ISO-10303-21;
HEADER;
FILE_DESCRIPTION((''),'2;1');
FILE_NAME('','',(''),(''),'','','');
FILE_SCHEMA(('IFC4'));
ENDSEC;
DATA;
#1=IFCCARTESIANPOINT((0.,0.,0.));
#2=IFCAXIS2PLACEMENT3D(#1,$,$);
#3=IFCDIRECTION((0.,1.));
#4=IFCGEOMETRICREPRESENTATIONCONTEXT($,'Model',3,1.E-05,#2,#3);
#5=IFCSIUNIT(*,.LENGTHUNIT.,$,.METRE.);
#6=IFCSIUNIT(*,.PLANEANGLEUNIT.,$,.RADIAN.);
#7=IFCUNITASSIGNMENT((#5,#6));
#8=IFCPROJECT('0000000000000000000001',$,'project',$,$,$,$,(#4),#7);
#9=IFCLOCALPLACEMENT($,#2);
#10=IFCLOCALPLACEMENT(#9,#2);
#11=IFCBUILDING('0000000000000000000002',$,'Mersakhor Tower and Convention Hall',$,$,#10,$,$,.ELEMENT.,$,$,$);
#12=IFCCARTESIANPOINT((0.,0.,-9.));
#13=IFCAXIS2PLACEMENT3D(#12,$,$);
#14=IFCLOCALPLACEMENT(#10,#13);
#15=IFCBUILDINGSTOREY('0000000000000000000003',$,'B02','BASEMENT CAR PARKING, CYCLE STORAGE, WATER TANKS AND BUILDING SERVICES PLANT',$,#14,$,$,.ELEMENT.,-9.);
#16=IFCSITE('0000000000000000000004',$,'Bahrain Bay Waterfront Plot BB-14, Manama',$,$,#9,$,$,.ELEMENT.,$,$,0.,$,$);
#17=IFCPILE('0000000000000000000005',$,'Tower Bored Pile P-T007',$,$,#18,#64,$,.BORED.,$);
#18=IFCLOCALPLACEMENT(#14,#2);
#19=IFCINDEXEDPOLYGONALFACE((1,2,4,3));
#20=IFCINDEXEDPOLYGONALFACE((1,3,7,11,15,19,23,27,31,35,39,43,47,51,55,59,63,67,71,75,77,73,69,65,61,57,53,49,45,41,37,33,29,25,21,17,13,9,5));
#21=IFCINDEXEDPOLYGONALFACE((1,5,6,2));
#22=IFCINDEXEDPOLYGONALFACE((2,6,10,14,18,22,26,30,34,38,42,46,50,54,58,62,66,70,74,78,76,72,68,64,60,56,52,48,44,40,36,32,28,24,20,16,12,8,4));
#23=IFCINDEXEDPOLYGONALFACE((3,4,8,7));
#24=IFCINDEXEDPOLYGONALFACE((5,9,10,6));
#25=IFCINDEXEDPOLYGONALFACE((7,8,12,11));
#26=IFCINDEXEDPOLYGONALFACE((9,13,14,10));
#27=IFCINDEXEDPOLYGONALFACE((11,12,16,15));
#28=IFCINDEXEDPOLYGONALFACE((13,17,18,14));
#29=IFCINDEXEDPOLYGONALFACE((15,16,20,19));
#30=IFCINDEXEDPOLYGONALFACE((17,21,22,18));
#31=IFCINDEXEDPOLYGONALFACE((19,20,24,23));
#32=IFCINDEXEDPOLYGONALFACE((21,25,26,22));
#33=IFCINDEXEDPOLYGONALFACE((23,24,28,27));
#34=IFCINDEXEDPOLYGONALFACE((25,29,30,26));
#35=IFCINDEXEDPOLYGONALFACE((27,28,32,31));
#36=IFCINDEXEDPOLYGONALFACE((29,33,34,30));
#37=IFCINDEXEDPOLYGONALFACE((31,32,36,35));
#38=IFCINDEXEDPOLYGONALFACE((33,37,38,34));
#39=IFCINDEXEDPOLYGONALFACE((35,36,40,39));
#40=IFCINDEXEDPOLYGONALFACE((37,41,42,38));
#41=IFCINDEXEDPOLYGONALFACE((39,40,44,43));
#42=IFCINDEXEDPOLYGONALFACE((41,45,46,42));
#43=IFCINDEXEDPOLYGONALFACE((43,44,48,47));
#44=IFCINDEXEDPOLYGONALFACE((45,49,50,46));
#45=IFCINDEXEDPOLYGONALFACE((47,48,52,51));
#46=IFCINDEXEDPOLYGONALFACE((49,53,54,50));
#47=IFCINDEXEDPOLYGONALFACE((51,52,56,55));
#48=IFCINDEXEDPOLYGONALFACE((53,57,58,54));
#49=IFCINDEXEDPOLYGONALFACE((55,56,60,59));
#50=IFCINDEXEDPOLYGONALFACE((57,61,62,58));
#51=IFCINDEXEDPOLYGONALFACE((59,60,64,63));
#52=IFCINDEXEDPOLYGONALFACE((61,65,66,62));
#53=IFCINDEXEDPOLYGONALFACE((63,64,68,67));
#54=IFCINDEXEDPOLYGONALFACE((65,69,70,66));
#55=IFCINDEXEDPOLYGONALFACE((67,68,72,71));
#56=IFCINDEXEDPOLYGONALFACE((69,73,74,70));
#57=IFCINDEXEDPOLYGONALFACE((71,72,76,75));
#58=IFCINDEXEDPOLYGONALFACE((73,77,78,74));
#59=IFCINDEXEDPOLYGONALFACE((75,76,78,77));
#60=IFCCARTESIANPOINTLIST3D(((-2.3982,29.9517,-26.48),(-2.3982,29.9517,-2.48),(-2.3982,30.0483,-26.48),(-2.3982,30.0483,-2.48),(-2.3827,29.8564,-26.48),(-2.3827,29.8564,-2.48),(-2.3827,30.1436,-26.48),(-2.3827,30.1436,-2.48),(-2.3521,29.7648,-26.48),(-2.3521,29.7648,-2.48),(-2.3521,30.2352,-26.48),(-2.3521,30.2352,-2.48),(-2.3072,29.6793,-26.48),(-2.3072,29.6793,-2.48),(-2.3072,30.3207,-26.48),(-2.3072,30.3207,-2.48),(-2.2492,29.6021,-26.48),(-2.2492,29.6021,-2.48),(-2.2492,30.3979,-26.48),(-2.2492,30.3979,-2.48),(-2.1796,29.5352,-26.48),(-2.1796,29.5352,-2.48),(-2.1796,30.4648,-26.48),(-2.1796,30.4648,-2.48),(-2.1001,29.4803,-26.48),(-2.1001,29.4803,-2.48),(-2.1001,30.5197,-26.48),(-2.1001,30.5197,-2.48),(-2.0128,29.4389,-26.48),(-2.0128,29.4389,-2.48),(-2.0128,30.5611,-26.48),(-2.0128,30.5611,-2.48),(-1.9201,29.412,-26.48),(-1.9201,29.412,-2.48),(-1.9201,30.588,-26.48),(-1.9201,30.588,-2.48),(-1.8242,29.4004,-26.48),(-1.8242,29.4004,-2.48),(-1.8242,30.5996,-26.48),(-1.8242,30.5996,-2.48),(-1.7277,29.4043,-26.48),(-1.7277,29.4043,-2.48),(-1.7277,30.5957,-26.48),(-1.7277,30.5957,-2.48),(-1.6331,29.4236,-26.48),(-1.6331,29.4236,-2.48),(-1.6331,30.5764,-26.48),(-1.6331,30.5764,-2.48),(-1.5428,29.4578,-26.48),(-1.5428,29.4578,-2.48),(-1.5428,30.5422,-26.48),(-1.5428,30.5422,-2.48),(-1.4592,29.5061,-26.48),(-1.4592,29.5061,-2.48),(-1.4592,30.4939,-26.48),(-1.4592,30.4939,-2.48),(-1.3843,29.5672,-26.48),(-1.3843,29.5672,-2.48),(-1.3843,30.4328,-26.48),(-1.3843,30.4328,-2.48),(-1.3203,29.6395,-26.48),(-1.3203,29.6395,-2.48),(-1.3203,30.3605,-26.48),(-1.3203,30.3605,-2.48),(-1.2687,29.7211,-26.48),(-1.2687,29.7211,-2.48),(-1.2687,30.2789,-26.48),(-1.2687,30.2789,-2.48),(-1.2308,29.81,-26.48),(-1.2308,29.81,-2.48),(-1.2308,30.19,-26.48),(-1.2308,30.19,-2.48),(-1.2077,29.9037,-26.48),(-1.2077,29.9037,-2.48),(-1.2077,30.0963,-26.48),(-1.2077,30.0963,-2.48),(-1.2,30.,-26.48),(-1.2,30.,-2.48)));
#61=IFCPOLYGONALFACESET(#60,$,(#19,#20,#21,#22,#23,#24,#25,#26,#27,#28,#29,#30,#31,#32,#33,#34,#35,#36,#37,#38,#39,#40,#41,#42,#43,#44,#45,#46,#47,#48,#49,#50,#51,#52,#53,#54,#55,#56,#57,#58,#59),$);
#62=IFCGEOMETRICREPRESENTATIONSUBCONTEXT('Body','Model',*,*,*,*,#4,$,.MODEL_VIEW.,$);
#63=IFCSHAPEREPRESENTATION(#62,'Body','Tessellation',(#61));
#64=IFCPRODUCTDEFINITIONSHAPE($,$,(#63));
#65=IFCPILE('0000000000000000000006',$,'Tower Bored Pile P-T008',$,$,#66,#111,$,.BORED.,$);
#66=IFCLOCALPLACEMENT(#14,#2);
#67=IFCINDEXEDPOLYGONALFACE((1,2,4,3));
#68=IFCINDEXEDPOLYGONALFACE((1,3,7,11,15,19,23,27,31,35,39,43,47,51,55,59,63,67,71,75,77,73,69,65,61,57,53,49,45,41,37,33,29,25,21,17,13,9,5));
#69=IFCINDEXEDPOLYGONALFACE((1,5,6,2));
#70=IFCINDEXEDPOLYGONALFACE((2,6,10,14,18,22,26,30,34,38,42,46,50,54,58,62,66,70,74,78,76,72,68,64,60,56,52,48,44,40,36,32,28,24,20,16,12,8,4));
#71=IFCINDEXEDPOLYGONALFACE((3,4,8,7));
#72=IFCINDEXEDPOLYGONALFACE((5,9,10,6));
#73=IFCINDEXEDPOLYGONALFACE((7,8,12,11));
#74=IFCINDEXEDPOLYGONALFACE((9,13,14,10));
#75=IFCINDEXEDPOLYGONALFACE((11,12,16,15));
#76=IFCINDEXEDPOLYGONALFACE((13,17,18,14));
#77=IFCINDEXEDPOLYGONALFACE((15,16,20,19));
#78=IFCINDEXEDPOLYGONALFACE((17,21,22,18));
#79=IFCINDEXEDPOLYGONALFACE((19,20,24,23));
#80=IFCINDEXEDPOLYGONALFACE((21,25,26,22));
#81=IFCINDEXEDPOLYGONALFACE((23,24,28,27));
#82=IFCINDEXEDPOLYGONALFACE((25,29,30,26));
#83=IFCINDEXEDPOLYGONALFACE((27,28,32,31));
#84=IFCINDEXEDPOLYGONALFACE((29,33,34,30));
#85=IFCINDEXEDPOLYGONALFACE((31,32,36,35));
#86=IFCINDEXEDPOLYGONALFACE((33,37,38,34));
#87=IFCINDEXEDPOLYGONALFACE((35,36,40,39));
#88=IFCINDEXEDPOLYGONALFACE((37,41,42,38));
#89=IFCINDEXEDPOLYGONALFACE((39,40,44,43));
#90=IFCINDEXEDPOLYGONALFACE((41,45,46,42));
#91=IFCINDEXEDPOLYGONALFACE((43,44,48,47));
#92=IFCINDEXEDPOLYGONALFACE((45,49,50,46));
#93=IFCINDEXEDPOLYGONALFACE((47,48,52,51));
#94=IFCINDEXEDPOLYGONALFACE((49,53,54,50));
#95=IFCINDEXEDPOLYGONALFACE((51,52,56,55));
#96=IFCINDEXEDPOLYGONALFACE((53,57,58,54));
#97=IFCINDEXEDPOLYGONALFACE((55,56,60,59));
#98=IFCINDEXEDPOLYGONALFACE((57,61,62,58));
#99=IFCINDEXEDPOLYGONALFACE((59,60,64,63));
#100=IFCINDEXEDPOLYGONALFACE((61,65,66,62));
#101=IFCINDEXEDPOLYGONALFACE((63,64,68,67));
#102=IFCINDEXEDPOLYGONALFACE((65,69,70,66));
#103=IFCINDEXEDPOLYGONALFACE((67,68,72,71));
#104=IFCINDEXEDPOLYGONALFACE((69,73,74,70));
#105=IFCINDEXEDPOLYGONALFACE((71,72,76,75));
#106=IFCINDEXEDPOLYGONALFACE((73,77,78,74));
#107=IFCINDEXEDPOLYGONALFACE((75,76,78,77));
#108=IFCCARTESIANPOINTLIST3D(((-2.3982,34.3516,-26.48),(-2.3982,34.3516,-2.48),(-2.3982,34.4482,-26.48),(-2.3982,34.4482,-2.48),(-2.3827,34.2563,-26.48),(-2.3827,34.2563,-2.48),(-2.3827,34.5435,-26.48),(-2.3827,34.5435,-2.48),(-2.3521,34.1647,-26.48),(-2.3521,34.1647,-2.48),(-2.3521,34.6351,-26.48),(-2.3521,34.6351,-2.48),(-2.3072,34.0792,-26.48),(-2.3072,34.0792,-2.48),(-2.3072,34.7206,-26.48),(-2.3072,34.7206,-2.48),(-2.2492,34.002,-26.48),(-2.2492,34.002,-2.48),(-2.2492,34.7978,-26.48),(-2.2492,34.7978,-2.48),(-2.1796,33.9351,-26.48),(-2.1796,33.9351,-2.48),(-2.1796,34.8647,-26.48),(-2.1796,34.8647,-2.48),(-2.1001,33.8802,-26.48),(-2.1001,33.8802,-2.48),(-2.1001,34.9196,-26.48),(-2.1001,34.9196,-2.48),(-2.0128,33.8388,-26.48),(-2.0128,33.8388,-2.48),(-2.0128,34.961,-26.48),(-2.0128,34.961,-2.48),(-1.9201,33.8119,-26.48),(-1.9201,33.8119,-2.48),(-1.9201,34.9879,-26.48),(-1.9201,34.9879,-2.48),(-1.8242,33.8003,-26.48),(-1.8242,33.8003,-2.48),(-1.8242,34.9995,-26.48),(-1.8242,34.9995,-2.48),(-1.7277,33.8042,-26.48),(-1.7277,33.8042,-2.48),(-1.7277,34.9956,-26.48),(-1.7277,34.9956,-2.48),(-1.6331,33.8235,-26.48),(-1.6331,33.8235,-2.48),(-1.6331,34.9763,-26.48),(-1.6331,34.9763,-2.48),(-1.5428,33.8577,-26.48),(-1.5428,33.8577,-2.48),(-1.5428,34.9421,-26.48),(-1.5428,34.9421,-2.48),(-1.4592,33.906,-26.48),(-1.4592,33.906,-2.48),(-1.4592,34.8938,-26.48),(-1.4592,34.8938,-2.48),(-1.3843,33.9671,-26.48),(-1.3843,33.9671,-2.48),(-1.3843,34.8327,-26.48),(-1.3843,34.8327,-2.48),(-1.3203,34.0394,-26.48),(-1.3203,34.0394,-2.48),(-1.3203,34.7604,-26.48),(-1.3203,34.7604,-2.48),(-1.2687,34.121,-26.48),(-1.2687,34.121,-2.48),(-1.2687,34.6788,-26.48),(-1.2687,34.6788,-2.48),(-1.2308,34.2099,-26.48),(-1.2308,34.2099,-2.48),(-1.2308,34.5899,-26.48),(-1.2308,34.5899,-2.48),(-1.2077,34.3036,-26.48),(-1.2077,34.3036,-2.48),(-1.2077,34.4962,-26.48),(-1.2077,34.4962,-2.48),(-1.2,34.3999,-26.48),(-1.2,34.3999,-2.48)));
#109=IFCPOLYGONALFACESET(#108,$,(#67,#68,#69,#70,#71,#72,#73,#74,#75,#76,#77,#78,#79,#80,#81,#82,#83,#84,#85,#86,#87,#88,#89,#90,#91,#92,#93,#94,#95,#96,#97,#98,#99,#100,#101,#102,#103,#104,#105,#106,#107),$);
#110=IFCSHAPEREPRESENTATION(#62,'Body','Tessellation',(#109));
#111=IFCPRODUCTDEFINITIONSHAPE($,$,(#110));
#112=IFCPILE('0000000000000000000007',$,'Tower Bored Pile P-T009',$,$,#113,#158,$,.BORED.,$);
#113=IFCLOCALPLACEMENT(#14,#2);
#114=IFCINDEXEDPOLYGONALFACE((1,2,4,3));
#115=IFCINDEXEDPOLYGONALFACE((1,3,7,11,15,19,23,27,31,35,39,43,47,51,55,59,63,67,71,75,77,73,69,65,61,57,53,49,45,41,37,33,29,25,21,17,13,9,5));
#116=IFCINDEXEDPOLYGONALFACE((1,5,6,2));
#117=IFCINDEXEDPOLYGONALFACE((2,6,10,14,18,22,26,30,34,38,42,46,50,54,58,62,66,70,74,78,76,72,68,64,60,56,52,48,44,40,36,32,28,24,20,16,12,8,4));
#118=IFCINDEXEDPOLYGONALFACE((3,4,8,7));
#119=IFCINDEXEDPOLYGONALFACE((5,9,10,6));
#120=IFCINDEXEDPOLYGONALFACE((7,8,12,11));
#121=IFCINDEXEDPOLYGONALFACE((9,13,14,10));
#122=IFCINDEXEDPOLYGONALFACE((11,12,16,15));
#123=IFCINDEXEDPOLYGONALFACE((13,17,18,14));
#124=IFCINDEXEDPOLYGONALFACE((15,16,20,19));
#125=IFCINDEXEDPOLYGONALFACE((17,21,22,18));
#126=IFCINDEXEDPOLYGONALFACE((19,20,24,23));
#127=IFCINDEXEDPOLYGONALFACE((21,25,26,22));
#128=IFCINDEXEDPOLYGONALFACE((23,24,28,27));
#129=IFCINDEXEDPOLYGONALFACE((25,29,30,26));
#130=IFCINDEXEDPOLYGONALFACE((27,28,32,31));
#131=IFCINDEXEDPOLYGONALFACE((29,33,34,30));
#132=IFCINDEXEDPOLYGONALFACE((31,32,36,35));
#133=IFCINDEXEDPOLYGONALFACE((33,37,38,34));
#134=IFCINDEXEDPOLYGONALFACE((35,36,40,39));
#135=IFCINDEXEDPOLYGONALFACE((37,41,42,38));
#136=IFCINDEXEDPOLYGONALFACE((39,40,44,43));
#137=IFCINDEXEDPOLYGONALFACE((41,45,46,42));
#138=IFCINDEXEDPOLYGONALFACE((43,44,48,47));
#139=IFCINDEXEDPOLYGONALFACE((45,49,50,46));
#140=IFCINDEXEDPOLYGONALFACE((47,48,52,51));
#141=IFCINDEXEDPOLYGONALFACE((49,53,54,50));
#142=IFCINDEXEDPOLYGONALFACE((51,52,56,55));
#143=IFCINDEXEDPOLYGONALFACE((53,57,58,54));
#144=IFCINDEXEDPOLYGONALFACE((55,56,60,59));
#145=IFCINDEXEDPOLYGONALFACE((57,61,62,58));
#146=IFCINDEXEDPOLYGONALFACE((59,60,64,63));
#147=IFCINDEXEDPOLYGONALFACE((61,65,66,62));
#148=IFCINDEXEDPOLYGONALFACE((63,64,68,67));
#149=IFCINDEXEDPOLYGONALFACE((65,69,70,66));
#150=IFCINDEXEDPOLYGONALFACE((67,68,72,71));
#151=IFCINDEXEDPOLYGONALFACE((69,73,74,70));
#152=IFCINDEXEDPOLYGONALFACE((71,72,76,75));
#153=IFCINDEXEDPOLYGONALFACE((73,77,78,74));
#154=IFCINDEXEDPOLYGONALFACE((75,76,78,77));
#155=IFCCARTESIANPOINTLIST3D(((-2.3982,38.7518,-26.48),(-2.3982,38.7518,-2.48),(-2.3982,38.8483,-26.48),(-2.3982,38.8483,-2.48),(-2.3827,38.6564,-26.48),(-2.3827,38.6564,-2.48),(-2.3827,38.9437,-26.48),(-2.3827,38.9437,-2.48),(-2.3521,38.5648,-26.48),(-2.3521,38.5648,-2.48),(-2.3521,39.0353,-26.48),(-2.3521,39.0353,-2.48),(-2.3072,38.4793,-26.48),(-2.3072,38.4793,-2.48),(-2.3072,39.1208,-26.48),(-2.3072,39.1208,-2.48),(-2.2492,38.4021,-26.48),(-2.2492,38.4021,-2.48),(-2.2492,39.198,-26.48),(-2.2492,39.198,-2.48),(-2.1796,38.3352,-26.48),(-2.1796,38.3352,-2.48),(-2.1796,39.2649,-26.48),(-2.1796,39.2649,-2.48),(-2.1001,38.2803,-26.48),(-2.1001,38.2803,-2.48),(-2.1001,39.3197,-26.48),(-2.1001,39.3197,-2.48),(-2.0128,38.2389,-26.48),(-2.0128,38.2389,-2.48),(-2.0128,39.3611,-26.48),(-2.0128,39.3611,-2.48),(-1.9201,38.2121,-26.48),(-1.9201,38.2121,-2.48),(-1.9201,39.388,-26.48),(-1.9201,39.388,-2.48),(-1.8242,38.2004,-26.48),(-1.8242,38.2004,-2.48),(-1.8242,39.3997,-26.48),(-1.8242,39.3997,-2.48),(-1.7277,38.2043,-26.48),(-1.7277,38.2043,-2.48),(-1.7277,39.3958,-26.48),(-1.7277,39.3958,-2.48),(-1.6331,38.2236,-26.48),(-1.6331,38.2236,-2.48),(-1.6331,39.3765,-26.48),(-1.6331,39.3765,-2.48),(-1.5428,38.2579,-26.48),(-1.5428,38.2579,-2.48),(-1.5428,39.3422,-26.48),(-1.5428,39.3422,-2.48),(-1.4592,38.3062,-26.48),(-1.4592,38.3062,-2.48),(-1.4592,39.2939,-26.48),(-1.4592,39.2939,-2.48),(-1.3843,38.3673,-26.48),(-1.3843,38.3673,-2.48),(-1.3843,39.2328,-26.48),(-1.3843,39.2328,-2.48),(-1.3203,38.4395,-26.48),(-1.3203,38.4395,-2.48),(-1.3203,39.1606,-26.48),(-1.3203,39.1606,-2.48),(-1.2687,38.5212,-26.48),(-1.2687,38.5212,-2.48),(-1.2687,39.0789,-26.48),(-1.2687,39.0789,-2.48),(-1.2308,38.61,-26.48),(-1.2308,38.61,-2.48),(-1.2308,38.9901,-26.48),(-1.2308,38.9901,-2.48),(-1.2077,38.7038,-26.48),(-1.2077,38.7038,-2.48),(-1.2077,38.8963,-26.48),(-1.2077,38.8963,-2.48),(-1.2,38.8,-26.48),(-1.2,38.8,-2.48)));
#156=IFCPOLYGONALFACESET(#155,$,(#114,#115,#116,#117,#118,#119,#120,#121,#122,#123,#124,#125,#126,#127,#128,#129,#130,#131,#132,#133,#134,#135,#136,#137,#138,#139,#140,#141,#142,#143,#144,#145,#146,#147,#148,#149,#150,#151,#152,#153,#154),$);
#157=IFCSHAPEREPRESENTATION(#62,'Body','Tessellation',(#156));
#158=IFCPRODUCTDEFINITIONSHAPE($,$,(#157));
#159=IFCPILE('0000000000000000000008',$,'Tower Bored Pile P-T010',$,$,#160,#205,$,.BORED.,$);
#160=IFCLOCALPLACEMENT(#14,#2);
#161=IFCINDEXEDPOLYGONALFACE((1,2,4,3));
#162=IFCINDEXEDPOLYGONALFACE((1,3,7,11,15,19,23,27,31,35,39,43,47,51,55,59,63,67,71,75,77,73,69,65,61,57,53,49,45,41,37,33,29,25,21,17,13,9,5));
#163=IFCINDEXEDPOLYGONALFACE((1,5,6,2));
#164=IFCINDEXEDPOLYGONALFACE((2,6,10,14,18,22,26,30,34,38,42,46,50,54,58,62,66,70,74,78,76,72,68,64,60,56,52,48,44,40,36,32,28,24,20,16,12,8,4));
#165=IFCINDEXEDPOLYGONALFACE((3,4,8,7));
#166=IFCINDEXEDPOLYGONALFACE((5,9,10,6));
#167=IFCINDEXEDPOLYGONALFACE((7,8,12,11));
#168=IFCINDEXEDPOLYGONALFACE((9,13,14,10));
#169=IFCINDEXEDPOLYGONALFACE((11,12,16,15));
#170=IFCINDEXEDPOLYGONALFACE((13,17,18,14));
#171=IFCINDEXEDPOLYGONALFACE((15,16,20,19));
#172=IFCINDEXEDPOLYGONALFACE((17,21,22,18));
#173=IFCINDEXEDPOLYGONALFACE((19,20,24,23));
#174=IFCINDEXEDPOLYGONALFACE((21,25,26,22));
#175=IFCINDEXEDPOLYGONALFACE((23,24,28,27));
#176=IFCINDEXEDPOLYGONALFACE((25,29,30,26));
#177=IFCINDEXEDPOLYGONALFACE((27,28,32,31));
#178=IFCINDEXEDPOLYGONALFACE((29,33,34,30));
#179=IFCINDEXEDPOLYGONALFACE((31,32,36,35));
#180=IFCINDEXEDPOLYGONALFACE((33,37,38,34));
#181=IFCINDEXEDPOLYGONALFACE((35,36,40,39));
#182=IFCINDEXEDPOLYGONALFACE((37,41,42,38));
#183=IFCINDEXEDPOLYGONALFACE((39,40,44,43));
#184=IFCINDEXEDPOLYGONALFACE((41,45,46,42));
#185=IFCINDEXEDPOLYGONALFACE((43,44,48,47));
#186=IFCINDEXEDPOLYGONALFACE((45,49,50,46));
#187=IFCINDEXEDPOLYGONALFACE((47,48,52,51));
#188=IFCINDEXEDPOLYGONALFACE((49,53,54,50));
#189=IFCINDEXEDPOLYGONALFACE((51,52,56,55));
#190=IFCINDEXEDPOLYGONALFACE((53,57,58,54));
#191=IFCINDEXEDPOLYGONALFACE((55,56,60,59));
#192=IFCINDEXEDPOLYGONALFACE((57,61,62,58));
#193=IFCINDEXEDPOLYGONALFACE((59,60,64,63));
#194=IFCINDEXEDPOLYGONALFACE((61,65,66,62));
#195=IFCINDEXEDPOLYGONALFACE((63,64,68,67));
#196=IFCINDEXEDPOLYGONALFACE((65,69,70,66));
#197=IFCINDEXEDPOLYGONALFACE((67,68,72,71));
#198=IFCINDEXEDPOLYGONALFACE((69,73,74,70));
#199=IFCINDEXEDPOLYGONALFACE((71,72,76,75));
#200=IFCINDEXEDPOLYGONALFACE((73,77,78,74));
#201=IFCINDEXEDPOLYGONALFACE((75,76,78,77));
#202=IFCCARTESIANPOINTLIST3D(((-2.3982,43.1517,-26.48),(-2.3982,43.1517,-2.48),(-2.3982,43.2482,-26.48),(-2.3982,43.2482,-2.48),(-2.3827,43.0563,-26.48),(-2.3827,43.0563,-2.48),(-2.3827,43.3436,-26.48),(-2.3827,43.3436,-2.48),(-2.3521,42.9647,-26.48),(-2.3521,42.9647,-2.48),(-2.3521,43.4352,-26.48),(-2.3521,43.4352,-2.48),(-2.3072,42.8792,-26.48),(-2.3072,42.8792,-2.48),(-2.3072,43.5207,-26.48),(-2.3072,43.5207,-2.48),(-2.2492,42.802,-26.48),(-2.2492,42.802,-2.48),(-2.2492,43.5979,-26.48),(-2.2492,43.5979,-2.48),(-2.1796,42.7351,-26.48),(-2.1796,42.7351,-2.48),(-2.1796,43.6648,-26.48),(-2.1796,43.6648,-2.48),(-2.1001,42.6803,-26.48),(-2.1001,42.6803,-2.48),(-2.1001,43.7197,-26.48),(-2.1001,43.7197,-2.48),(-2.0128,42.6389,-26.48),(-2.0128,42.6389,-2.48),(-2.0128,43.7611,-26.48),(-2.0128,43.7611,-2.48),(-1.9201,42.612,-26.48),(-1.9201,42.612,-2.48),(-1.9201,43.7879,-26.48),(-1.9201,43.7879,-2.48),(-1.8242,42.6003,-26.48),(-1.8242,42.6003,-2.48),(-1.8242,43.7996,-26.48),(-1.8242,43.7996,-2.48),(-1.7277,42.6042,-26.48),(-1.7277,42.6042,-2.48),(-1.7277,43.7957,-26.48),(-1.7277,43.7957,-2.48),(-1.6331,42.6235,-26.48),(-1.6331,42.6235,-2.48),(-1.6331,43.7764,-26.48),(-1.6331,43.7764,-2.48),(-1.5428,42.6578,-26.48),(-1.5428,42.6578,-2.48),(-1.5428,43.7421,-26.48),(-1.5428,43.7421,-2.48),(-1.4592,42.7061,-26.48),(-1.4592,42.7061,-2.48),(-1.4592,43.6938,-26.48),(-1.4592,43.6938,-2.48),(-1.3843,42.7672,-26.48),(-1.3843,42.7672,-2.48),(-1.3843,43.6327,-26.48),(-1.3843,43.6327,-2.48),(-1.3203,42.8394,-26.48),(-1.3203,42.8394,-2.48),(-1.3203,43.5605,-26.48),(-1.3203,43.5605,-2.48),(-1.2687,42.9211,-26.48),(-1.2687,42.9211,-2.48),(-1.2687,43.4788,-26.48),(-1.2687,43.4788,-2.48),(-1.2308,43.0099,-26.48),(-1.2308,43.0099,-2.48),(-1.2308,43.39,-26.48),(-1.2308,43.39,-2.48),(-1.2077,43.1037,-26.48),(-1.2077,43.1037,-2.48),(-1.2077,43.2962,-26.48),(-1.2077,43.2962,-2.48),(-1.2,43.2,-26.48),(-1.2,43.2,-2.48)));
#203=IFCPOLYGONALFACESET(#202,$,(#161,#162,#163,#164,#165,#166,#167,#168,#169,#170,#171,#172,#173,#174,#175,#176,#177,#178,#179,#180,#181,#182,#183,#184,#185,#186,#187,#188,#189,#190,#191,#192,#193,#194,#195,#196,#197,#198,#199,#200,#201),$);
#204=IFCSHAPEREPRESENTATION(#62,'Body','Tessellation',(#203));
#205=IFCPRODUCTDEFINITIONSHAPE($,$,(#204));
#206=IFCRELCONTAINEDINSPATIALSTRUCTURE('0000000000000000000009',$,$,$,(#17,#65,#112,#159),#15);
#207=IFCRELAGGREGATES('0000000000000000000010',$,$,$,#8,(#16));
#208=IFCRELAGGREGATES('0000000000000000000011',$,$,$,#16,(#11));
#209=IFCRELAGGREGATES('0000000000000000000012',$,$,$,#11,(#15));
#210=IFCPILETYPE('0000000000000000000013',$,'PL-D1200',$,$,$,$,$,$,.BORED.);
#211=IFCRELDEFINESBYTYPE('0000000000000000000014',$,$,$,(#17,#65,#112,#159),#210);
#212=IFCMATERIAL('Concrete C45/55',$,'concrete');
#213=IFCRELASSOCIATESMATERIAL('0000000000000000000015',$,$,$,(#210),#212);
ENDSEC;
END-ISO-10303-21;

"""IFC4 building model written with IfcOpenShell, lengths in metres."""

from ifc_helpers import new_model, si_unit, direction, frame, origin, origin_2d, place, context, subcontext, project, spatial, circle, extrude, material, material_profile, profile_set, type_object, element, save


model = new_model("IFC4")

# Units and contexts
model_context = context("Model", 3, precision=1e-05, world=origin(), true_north=direction((0.0, 1.0)))
body_context = subcontext(model_context, "Body", "Model", "MODEL_VIEW")
ifc_project = project(units=[si_unit("LENGTHUNIT", "METRE"), si_unit("PLANEANGLEUNIT", "RADIAN")], contexts=[model_context])

# Site, building, storey
site_placement = place(None, origin())
site = spatial("IfcSite", under=ifc_project, at=site_placement, Name="Bahrain Bay Waterfront Plot BB-14, Manama", CompositionType="ELEMENT", RefElevation=0.0)
building_placement = place(site_placement, origin())
building = spatial("IfcBuilding", under=site, at=building_placement, Name="Mersakhor Tower and Convention Hall", CompositionType="ELEMENT")
storey_placement = place(building_placement, frame((0.0, 0.0, -9.0)))
storey = spatial("IfcBuildingStorey", under=building, at=storey_placement, Name="B02", Description="BASEMENT CAR PARKING, CYCLE STORAGE, WATER TANKS AND BUILDING SERVICES PLANT", CompositionType="ELEMENT", Elevation=-9.0)

# Piles
ifc_material_1 = material(Name="Concrete C45/55", Category="concrete")
ifc_material_profile_1 = material_profile(ifc_material_1, circle(Radius=0.6001, at=origin_2d()), Name="PILE D1200")
ifc_profile_set_1 = profile_set([ifc_material_profile_1], Name="Concrete C45/55")
pile_type = type_object("IfcPileType", Name="PL-D1200", PredefinedType="BORED", material=ifc_profile_set_1)
for number, where, z_axis, x_axis, name in (
    (1, (-1.8, 30.0, -2.48), (0.0, 0.0, -1.0), (1.0, 0.0, 0.0), "Tower Bored Pile P-T007"),
    (2, (-1.8, 34.3999, -2.48), (0.0, 0.0, -1.0), (1.0, 0.0, 0.0), "Tower Bored Pile P-T008"),
    (3, (-1.8, 38.8, -2.48), (0.0, 0.0, -1.0), (1.0, 0.0, 0.0), "Tower Bored Pile P-T009"),
    (4, (-1.8, 43.2, -2.48), (0.0, 0.0, -1.0), (1.0, 0.0, 0.0), "Tower Bored Pile P-T010"),
):
    element("IfcPile", number, at=place(storey_placement, frame(where, z_axis=z_axis, x_axis=x_axis)), inside=storey, type_object=pile_type, Name=name, PredefinedType="BORED", context=body_context, shape_type="SweptSolid", body=[
        extrude(circle(Radius=0.6001, at=origin_2d()), origin(), (0.0, 0.0, 1.0), 24.0),
    ])

save(model, "model.ifc")
